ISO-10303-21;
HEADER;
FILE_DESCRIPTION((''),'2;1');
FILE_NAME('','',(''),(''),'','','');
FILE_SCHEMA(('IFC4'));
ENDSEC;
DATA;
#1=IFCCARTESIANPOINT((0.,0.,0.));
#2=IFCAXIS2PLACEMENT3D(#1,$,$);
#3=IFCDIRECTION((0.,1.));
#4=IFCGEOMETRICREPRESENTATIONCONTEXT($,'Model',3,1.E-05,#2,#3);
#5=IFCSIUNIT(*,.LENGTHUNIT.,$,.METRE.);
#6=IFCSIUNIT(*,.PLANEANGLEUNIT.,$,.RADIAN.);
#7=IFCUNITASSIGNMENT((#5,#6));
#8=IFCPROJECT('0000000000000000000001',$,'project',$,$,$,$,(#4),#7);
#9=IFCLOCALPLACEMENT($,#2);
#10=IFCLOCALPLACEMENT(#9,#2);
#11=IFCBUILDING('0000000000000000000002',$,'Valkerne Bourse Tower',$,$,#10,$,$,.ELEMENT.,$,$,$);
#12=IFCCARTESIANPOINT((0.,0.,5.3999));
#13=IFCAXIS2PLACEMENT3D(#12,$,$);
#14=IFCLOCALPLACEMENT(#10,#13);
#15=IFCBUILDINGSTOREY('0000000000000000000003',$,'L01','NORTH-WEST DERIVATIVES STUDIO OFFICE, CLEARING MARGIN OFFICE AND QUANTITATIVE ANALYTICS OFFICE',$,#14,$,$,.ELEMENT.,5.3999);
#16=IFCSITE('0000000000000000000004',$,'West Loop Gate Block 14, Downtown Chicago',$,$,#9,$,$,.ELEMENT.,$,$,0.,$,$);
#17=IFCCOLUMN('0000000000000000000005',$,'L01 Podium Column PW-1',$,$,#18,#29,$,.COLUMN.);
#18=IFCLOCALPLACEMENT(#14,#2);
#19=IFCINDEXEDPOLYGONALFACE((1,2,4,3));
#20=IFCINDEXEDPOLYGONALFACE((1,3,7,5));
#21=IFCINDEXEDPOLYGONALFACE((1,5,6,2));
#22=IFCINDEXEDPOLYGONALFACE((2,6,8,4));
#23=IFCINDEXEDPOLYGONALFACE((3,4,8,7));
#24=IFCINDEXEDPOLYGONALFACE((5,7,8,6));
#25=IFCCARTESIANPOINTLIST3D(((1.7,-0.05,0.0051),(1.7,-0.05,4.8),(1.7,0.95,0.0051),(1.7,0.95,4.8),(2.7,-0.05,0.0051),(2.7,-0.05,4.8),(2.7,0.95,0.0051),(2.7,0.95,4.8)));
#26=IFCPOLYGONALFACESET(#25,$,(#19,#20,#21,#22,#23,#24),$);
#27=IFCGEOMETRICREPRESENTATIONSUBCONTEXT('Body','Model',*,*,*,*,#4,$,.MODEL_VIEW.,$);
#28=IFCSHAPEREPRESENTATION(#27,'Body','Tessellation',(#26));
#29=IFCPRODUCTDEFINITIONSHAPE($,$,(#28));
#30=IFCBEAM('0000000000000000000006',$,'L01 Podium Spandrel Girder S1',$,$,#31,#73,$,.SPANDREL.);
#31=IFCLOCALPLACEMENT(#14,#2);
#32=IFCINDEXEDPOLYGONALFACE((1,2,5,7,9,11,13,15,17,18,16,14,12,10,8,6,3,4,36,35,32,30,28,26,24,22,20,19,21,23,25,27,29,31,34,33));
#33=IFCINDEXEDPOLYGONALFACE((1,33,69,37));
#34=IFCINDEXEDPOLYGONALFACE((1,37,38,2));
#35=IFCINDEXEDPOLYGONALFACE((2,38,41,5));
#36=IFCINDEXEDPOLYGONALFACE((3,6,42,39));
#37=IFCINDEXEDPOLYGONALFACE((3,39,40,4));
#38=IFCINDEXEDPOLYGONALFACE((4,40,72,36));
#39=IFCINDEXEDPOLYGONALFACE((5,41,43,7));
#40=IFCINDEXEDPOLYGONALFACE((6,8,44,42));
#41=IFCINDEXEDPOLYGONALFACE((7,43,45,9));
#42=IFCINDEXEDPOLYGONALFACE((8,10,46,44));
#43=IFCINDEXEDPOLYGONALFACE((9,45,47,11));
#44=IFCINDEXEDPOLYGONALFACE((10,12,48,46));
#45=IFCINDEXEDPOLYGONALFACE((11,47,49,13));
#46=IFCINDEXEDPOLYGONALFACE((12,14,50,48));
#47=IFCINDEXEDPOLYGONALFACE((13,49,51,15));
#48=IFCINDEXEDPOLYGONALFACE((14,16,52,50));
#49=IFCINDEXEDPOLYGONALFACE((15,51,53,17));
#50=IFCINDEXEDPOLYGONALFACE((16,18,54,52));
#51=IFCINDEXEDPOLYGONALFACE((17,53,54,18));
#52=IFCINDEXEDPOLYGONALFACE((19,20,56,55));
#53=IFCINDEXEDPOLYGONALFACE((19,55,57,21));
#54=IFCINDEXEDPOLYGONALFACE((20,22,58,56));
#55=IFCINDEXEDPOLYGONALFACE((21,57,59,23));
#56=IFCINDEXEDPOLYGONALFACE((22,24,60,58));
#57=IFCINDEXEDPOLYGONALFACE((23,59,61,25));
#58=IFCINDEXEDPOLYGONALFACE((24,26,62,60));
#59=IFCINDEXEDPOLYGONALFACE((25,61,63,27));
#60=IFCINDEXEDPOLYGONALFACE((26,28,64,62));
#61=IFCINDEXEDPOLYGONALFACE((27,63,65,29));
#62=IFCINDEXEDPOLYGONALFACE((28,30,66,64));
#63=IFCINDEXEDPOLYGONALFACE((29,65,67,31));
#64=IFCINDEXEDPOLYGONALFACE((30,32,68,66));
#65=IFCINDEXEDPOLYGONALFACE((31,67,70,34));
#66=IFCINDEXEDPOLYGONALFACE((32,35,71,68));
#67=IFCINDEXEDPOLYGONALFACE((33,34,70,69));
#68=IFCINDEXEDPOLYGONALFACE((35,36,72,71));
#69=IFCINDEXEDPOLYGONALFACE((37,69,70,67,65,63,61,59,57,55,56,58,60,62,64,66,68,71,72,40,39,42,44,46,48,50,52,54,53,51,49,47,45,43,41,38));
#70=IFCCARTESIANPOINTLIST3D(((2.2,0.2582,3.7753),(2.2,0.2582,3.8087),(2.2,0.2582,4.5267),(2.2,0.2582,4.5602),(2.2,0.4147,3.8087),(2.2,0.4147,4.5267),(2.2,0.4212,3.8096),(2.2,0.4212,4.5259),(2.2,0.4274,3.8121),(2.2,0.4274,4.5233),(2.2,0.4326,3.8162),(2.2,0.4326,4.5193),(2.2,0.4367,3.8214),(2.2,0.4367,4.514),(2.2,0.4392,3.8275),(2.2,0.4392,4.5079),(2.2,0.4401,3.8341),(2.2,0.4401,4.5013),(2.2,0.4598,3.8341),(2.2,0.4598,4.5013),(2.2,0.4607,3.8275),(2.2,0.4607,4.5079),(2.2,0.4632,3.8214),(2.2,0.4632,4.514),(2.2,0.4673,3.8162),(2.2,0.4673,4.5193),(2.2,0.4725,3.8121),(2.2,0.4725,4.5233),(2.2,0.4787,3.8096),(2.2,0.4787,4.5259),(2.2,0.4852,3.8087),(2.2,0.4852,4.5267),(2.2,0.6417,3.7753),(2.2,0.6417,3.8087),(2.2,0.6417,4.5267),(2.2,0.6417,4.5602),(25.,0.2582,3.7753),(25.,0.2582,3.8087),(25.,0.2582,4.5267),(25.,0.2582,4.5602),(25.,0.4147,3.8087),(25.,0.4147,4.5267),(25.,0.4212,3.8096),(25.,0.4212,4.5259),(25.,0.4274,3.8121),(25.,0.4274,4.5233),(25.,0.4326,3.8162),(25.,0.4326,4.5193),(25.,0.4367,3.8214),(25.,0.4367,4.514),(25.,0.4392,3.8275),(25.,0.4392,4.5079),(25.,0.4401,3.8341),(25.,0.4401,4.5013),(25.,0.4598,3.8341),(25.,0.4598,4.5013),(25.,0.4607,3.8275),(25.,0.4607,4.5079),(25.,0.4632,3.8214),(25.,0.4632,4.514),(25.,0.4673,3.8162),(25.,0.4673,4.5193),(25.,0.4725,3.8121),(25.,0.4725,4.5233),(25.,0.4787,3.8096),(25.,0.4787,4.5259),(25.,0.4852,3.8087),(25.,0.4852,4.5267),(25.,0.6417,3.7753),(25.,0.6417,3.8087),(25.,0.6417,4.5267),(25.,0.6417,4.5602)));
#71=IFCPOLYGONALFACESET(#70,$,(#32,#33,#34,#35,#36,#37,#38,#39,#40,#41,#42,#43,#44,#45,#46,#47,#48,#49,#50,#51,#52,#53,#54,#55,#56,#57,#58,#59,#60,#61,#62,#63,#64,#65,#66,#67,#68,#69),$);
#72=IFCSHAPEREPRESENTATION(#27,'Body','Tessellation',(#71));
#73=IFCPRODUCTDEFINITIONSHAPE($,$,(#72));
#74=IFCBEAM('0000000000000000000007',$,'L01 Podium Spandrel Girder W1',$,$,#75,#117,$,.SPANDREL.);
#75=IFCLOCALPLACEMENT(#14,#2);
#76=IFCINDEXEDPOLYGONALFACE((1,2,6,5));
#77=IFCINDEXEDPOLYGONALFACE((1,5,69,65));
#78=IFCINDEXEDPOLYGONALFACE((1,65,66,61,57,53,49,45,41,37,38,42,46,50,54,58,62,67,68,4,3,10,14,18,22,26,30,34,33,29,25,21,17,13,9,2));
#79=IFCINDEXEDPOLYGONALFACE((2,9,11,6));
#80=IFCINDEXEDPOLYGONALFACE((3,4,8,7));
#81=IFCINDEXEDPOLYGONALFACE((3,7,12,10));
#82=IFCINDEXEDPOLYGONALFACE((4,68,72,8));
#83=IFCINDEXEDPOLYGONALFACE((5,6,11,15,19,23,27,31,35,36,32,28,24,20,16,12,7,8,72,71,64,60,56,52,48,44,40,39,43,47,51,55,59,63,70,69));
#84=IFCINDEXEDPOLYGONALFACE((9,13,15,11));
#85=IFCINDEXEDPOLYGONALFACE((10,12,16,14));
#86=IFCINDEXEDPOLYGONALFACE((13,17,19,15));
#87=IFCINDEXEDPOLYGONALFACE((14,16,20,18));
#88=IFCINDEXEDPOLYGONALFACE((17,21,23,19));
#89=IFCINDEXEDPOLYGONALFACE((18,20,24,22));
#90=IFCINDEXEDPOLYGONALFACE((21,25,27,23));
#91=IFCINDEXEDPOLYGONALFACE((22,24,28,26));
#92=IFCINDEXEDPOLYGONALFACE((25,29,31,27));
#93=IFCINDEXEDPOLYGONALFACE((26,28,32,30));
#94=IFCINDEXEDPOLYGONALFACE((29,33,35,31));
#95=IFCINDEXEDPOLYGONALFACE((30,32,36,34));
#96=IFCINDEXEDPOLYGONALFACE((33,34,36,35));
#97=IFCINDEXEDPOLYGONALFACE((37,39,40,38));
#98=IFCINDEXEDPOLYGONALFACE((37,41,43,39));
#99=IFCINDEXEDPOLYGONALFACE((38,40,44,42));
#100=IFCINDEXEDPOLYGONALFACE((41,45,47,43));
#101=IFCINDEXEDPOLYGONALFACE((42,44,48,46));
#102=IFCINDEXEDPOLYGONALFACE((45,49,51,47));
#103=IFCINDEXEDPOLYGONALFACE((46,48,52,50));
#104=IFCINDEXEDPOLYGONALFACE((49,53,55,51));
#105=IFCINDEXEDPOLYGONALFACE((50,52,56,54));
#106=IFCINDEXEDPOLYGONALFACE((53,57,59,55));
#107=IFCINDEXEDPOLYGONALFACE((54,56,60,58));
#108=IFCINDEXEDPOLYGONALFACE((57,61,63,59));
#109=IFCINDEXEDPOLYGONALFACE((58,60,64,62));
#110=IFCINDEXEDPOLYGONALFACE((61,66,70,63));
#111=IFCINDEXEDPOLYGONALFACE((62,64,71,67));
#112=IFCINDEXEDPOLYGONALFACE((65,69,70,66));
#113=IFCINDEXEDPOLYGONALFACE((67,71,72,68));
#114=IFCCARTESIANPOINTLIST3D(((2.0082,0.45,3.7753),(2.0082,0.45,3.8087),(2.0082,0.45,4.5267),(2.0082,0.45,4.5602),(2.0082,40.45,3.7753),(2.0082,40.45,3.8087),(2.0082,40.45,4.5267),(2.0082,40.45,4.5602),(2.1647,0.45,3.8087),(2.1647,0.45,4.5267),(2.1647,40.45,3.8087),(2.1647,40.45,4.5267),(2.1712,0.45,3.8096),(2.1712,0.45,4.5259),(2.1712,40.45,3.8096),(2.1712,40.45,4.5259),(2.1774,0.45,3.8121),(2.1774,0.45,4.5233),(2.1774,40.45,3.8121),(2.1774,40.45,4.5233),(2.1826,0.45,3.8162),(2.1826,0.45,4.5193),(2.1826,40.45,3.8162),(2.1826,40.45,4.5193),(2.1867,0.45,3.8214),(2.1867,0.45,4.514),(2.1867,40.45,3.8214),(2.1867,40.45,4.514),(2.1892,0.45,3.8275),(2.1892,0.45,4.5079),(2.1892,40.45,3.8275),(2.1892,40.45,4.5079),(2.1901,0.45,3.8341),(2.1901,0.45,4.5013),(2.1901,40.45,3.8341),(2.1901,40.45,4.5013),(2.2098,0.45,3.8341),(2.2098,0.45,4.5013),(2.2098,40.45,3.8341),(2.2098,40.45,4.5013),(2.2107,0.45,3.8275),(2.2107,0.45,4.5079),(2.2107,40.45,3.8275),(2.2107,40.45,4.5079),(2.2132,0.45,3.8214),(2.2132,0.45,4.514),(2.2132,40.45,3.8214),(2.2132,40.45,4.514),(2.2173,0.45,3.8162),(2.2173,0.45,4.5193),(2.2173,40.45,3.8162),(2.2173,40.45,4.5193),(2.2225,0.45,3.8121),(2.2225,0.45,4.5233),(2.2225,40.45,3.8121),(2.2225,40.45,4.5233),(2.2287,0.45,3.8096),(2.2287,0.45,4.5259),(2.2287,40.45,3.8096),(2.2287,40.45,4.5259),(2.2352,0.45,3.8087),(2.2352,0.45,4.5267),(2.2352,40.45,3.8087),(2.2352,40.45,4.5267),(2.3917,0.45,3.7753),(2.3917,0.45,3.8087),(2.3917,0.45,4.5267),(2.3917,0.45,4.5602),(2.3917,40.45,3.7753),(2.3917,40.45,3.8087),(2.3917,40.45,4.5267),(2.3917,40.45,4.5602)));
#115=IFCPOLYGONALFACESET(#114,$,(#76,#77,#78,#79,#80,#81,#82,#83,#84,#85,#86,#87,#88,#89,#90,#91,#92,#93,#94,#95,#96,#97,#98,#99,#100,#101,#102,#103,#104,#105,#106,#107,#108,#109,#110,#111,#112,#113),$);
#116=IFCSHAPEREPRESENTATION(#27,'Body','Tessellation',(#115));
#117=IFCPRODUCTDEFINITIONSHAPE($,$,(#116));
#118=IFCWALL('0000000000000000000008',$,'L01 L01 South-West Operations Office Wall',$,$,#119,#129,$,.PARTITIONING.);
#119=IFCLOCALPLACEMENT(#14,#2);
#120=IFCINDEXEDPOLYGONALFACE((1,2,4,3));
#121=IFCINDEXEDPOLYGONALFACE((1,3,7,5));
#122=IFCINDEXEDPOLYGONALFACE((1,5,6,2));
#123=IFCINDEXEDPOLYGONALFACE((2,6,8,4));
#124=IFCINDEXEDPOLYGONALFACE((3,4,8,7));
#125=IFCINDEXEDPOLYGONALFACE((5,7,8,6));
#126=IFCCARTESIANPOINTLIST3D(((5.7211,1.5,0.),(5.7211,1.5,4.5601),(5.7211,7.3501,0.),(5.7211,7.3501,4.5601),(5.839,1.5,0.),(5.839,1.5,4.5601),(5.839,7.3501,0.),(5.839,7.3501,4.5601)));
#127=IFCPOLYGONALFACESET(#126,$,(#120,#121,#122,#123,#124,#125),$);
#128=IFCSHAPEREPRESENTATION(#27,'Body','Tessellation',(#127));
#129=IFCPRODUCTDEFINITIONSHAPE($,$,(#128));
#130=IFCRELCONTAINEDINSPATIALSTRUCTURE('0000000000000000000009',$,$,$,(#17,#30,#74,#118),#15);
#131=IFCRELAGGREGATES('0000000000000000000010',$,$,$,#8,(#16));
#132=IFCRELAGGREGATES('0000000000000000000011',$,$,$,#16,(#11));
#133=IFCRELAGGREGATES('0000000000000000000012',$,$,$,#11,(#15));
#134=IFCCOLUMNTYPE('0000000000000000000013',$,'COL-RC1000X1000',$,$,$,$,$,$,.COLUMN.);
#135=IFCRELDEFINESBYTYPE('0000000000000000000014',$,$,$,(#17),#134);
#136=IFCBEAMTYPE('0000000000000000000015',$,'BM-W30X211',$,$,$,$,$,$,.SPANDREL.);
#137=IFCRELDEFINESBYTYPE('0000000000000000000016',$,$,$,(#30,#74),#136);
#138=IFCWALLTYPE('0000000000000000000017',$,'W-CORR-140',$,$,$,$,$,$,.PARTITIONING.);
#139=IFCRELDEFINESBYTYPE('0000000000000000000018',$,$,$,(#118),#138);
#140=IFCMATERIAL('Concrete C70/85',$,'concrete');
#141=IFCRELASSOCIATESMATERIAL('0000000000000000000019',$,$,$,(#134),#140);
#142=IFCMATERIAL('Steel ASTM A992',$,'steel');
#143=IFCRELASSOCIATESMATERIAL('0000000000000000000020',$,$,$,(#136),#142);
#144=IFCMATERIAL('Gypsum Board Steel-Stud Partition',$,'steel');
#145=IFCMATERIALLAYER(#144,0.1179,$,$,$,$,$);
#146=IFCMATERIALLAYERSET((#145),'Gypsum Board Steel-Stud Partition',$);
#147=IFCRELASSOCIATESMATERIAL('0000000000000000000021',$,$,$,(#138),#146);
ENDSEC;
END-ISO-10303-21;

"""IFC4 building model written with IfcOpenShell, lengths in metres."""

from ifc_helpers import new_model, si_unit, direction, frame, frame_2d, origin, origin_2d, place, context, subcontext, project, spatial, rectangle, i_section, extrude, material, layer, layer_set, material_profile, profile_set, type_object, element, save


model = new_model("IFC4")

# Units and contexts
model_context = context("Model", 3, precision=1e-05, world=origin(), true_north=direction((0.0, 1.0)))
body_context = subcontext(model_context, "Body", "Model", "MODEL_VIEW")
ifc_project = project(units=[si_unit("LENGTHUNIT", "METRE"), si_unit("PLANEANGLEUNIT", "RADIAN")], contexts=[model_context])

# Site, building, storey
site_placement = place(None, origin())
site = spatial("IfcSite", under=ifc_project, at=site_placement, Name="West Loop Gate Block 14, Downtown Chicago", CompositionType="ELEMENT", RefElevation=0.0)
building_placement = place(site_placement, origin())
building = spatial("IfcBuilding", under=site, at=building_placement, Name="Valkerne Bourse Tower", CompositionType="ELEMENT")
storey_placement = place(building_placement, frame((0.0, 0.0, 5.3999)))
storey = spatial("IfcBuildingStorey", under=building, at=storey_placement, Name="L01", Description="NORTH-WEST DERIVATIVES STUDIO OFFICE, CLEARING MARGIN OFFICE AND QUANTITATIVE ANALYTICS OFFICE", CompositionType="ELEMENT", Elevation=5.3999)

# Column
ifc_material_1 = material(Name="Concrete C70/85", Category="concrete")
ifc_material_profile_1 = material_profile(ifc_material_1, rectangle(XDim=1.0, YDim=1.0, at=origin_2d()), Name="RC1000X1000")
ifc_profile_set_1 = profile_set([ifc_material_profile_1], Name="Concrete C70/85")
column_type = type_object("IfcColumnType", Name="COL-RC1000X1000", PredefinedType="COLUMN", material=ifc_profile_set_1)
column_placement = place(storey_placement, frame((2.2, 0.45, 0.0051), z_axis=(0.0, 0.0, 1.0), x_axis=(1.0, 0.0, 0.0)))
element("IfcColumn", 1, at=column_placement, inside=storey, type_object=column_type, Name="L01 Podium Column PW-1", PredefinedType="COLUMN", context=body_context, shape_type="SweptSolid", body=[
    extrude(rectangle(XDim=1.0, YDim=1.0, at=origin_2d()), origin(), (0.0, 0.0, 1.0), 4.7949),
])

# Beams
ifc_material_2 = material(Name="Steel ASTM A992", Category="steel")
ifc_material_profile_2 = material_profile(ifc_material_2, i_section(OverallWidth=0.3835, OverallDepth=0.7849, WebThickness=0.0198, FlangeThickness=0.0334, FilletRadius=0.0254, at=origin_2d()), Name="W30X211")
ifc_profile_set_2 = profile_set([ifc_material_profile_2], Name="Steel ASTM A992")
beam_type = type_object("IfcBeamType", Name="BM-W30X211", PredefinedType="SPANDREL", material=ifc_profile_set_2)
beam_1_placement = place(storey_placement, frame((2.2, 0.45, 4.1677), z_axis=(1.0, 0.0, 0.0), x_axis=(0.0, 1.0, 0.0)))
element("IfcBeam", 2, at=beam_1_placement, inside=storey, type_object=beam_type, Name="L01 Podium Spandrel Girder S1", PredefinedType="SPANDREL", context=body_context, shape_type="SweptSolid", body=[
    extrude(i_section(OverallWidth=0.3835, OverallDepth=0.7849, WebThickness=0.0198, FlangeThickness=0.0334, FilletRadius=0.0254, at=origin_2d()), origin(), (0.0, 0.0, 1.0), 22.8),
])
beam_2_placement = place(storey_placement, frame((2.2, 0.45, 4.1677), z_axis=(0.0, 1.0, 0.0), x_axis=(-1.0, 0.0, 0.0)))
element("IfcBeam", 3, at=beam_2_placement, inside=storey, type_object=beam_type, Name="L01 Podium Spandrel Girder W1", PredefinedType="SPANDREL", context=body_context, shape_type="SweptSolid", body=[
    extrude(i_section(OverallWidth=0.3835, OverallDepth=0.7849, WebThickness=0.0198, FlangeThickness=0.0334, FilletRadius=0.0254, at=origin_2d()), origin(), (0.0, 0.0, 1.0), 40.0),
])

# Wall
ifc_material_3 = material(Name="Gypsum Board Steel-Stud Partition", Category="steel")
ifc_layer_1 = layer(ifc_material_3, 0.1179)
ifc_layer_set_1 = layer_set([ifc_layer_1], Name="Gypsum Board Steel-Stud Partition")
wall_type_1 = type_object("IfcWallType", Name="W-CORR-140", PredefinedType="PARTITIONING", material=ifc_layer_set_1)
wall_1_placement = place(storey_placement, frame((5.78, 1.5, 0.0), z_axis=(0.0, 0.0, 1.0), x_axis=(0.0, 1.0, 0.0)))
element("IfcWall", 4, at=wall_1_placement, inside=storey, type_object=wall_type_1, Name="L01 L01 South-West Operations Office Wall", PredefinedType="PARTITIONING", context=body_context, shape_type="SweptSolid", body=[
    extrude(rectangle(XDim=5.8501, YDim=0.1179, at=frame_2d((2.925, 0.0))), origin(), (0.0, 0.0, 1.0), 4.5601),
])

save(model, "model.ifc")
